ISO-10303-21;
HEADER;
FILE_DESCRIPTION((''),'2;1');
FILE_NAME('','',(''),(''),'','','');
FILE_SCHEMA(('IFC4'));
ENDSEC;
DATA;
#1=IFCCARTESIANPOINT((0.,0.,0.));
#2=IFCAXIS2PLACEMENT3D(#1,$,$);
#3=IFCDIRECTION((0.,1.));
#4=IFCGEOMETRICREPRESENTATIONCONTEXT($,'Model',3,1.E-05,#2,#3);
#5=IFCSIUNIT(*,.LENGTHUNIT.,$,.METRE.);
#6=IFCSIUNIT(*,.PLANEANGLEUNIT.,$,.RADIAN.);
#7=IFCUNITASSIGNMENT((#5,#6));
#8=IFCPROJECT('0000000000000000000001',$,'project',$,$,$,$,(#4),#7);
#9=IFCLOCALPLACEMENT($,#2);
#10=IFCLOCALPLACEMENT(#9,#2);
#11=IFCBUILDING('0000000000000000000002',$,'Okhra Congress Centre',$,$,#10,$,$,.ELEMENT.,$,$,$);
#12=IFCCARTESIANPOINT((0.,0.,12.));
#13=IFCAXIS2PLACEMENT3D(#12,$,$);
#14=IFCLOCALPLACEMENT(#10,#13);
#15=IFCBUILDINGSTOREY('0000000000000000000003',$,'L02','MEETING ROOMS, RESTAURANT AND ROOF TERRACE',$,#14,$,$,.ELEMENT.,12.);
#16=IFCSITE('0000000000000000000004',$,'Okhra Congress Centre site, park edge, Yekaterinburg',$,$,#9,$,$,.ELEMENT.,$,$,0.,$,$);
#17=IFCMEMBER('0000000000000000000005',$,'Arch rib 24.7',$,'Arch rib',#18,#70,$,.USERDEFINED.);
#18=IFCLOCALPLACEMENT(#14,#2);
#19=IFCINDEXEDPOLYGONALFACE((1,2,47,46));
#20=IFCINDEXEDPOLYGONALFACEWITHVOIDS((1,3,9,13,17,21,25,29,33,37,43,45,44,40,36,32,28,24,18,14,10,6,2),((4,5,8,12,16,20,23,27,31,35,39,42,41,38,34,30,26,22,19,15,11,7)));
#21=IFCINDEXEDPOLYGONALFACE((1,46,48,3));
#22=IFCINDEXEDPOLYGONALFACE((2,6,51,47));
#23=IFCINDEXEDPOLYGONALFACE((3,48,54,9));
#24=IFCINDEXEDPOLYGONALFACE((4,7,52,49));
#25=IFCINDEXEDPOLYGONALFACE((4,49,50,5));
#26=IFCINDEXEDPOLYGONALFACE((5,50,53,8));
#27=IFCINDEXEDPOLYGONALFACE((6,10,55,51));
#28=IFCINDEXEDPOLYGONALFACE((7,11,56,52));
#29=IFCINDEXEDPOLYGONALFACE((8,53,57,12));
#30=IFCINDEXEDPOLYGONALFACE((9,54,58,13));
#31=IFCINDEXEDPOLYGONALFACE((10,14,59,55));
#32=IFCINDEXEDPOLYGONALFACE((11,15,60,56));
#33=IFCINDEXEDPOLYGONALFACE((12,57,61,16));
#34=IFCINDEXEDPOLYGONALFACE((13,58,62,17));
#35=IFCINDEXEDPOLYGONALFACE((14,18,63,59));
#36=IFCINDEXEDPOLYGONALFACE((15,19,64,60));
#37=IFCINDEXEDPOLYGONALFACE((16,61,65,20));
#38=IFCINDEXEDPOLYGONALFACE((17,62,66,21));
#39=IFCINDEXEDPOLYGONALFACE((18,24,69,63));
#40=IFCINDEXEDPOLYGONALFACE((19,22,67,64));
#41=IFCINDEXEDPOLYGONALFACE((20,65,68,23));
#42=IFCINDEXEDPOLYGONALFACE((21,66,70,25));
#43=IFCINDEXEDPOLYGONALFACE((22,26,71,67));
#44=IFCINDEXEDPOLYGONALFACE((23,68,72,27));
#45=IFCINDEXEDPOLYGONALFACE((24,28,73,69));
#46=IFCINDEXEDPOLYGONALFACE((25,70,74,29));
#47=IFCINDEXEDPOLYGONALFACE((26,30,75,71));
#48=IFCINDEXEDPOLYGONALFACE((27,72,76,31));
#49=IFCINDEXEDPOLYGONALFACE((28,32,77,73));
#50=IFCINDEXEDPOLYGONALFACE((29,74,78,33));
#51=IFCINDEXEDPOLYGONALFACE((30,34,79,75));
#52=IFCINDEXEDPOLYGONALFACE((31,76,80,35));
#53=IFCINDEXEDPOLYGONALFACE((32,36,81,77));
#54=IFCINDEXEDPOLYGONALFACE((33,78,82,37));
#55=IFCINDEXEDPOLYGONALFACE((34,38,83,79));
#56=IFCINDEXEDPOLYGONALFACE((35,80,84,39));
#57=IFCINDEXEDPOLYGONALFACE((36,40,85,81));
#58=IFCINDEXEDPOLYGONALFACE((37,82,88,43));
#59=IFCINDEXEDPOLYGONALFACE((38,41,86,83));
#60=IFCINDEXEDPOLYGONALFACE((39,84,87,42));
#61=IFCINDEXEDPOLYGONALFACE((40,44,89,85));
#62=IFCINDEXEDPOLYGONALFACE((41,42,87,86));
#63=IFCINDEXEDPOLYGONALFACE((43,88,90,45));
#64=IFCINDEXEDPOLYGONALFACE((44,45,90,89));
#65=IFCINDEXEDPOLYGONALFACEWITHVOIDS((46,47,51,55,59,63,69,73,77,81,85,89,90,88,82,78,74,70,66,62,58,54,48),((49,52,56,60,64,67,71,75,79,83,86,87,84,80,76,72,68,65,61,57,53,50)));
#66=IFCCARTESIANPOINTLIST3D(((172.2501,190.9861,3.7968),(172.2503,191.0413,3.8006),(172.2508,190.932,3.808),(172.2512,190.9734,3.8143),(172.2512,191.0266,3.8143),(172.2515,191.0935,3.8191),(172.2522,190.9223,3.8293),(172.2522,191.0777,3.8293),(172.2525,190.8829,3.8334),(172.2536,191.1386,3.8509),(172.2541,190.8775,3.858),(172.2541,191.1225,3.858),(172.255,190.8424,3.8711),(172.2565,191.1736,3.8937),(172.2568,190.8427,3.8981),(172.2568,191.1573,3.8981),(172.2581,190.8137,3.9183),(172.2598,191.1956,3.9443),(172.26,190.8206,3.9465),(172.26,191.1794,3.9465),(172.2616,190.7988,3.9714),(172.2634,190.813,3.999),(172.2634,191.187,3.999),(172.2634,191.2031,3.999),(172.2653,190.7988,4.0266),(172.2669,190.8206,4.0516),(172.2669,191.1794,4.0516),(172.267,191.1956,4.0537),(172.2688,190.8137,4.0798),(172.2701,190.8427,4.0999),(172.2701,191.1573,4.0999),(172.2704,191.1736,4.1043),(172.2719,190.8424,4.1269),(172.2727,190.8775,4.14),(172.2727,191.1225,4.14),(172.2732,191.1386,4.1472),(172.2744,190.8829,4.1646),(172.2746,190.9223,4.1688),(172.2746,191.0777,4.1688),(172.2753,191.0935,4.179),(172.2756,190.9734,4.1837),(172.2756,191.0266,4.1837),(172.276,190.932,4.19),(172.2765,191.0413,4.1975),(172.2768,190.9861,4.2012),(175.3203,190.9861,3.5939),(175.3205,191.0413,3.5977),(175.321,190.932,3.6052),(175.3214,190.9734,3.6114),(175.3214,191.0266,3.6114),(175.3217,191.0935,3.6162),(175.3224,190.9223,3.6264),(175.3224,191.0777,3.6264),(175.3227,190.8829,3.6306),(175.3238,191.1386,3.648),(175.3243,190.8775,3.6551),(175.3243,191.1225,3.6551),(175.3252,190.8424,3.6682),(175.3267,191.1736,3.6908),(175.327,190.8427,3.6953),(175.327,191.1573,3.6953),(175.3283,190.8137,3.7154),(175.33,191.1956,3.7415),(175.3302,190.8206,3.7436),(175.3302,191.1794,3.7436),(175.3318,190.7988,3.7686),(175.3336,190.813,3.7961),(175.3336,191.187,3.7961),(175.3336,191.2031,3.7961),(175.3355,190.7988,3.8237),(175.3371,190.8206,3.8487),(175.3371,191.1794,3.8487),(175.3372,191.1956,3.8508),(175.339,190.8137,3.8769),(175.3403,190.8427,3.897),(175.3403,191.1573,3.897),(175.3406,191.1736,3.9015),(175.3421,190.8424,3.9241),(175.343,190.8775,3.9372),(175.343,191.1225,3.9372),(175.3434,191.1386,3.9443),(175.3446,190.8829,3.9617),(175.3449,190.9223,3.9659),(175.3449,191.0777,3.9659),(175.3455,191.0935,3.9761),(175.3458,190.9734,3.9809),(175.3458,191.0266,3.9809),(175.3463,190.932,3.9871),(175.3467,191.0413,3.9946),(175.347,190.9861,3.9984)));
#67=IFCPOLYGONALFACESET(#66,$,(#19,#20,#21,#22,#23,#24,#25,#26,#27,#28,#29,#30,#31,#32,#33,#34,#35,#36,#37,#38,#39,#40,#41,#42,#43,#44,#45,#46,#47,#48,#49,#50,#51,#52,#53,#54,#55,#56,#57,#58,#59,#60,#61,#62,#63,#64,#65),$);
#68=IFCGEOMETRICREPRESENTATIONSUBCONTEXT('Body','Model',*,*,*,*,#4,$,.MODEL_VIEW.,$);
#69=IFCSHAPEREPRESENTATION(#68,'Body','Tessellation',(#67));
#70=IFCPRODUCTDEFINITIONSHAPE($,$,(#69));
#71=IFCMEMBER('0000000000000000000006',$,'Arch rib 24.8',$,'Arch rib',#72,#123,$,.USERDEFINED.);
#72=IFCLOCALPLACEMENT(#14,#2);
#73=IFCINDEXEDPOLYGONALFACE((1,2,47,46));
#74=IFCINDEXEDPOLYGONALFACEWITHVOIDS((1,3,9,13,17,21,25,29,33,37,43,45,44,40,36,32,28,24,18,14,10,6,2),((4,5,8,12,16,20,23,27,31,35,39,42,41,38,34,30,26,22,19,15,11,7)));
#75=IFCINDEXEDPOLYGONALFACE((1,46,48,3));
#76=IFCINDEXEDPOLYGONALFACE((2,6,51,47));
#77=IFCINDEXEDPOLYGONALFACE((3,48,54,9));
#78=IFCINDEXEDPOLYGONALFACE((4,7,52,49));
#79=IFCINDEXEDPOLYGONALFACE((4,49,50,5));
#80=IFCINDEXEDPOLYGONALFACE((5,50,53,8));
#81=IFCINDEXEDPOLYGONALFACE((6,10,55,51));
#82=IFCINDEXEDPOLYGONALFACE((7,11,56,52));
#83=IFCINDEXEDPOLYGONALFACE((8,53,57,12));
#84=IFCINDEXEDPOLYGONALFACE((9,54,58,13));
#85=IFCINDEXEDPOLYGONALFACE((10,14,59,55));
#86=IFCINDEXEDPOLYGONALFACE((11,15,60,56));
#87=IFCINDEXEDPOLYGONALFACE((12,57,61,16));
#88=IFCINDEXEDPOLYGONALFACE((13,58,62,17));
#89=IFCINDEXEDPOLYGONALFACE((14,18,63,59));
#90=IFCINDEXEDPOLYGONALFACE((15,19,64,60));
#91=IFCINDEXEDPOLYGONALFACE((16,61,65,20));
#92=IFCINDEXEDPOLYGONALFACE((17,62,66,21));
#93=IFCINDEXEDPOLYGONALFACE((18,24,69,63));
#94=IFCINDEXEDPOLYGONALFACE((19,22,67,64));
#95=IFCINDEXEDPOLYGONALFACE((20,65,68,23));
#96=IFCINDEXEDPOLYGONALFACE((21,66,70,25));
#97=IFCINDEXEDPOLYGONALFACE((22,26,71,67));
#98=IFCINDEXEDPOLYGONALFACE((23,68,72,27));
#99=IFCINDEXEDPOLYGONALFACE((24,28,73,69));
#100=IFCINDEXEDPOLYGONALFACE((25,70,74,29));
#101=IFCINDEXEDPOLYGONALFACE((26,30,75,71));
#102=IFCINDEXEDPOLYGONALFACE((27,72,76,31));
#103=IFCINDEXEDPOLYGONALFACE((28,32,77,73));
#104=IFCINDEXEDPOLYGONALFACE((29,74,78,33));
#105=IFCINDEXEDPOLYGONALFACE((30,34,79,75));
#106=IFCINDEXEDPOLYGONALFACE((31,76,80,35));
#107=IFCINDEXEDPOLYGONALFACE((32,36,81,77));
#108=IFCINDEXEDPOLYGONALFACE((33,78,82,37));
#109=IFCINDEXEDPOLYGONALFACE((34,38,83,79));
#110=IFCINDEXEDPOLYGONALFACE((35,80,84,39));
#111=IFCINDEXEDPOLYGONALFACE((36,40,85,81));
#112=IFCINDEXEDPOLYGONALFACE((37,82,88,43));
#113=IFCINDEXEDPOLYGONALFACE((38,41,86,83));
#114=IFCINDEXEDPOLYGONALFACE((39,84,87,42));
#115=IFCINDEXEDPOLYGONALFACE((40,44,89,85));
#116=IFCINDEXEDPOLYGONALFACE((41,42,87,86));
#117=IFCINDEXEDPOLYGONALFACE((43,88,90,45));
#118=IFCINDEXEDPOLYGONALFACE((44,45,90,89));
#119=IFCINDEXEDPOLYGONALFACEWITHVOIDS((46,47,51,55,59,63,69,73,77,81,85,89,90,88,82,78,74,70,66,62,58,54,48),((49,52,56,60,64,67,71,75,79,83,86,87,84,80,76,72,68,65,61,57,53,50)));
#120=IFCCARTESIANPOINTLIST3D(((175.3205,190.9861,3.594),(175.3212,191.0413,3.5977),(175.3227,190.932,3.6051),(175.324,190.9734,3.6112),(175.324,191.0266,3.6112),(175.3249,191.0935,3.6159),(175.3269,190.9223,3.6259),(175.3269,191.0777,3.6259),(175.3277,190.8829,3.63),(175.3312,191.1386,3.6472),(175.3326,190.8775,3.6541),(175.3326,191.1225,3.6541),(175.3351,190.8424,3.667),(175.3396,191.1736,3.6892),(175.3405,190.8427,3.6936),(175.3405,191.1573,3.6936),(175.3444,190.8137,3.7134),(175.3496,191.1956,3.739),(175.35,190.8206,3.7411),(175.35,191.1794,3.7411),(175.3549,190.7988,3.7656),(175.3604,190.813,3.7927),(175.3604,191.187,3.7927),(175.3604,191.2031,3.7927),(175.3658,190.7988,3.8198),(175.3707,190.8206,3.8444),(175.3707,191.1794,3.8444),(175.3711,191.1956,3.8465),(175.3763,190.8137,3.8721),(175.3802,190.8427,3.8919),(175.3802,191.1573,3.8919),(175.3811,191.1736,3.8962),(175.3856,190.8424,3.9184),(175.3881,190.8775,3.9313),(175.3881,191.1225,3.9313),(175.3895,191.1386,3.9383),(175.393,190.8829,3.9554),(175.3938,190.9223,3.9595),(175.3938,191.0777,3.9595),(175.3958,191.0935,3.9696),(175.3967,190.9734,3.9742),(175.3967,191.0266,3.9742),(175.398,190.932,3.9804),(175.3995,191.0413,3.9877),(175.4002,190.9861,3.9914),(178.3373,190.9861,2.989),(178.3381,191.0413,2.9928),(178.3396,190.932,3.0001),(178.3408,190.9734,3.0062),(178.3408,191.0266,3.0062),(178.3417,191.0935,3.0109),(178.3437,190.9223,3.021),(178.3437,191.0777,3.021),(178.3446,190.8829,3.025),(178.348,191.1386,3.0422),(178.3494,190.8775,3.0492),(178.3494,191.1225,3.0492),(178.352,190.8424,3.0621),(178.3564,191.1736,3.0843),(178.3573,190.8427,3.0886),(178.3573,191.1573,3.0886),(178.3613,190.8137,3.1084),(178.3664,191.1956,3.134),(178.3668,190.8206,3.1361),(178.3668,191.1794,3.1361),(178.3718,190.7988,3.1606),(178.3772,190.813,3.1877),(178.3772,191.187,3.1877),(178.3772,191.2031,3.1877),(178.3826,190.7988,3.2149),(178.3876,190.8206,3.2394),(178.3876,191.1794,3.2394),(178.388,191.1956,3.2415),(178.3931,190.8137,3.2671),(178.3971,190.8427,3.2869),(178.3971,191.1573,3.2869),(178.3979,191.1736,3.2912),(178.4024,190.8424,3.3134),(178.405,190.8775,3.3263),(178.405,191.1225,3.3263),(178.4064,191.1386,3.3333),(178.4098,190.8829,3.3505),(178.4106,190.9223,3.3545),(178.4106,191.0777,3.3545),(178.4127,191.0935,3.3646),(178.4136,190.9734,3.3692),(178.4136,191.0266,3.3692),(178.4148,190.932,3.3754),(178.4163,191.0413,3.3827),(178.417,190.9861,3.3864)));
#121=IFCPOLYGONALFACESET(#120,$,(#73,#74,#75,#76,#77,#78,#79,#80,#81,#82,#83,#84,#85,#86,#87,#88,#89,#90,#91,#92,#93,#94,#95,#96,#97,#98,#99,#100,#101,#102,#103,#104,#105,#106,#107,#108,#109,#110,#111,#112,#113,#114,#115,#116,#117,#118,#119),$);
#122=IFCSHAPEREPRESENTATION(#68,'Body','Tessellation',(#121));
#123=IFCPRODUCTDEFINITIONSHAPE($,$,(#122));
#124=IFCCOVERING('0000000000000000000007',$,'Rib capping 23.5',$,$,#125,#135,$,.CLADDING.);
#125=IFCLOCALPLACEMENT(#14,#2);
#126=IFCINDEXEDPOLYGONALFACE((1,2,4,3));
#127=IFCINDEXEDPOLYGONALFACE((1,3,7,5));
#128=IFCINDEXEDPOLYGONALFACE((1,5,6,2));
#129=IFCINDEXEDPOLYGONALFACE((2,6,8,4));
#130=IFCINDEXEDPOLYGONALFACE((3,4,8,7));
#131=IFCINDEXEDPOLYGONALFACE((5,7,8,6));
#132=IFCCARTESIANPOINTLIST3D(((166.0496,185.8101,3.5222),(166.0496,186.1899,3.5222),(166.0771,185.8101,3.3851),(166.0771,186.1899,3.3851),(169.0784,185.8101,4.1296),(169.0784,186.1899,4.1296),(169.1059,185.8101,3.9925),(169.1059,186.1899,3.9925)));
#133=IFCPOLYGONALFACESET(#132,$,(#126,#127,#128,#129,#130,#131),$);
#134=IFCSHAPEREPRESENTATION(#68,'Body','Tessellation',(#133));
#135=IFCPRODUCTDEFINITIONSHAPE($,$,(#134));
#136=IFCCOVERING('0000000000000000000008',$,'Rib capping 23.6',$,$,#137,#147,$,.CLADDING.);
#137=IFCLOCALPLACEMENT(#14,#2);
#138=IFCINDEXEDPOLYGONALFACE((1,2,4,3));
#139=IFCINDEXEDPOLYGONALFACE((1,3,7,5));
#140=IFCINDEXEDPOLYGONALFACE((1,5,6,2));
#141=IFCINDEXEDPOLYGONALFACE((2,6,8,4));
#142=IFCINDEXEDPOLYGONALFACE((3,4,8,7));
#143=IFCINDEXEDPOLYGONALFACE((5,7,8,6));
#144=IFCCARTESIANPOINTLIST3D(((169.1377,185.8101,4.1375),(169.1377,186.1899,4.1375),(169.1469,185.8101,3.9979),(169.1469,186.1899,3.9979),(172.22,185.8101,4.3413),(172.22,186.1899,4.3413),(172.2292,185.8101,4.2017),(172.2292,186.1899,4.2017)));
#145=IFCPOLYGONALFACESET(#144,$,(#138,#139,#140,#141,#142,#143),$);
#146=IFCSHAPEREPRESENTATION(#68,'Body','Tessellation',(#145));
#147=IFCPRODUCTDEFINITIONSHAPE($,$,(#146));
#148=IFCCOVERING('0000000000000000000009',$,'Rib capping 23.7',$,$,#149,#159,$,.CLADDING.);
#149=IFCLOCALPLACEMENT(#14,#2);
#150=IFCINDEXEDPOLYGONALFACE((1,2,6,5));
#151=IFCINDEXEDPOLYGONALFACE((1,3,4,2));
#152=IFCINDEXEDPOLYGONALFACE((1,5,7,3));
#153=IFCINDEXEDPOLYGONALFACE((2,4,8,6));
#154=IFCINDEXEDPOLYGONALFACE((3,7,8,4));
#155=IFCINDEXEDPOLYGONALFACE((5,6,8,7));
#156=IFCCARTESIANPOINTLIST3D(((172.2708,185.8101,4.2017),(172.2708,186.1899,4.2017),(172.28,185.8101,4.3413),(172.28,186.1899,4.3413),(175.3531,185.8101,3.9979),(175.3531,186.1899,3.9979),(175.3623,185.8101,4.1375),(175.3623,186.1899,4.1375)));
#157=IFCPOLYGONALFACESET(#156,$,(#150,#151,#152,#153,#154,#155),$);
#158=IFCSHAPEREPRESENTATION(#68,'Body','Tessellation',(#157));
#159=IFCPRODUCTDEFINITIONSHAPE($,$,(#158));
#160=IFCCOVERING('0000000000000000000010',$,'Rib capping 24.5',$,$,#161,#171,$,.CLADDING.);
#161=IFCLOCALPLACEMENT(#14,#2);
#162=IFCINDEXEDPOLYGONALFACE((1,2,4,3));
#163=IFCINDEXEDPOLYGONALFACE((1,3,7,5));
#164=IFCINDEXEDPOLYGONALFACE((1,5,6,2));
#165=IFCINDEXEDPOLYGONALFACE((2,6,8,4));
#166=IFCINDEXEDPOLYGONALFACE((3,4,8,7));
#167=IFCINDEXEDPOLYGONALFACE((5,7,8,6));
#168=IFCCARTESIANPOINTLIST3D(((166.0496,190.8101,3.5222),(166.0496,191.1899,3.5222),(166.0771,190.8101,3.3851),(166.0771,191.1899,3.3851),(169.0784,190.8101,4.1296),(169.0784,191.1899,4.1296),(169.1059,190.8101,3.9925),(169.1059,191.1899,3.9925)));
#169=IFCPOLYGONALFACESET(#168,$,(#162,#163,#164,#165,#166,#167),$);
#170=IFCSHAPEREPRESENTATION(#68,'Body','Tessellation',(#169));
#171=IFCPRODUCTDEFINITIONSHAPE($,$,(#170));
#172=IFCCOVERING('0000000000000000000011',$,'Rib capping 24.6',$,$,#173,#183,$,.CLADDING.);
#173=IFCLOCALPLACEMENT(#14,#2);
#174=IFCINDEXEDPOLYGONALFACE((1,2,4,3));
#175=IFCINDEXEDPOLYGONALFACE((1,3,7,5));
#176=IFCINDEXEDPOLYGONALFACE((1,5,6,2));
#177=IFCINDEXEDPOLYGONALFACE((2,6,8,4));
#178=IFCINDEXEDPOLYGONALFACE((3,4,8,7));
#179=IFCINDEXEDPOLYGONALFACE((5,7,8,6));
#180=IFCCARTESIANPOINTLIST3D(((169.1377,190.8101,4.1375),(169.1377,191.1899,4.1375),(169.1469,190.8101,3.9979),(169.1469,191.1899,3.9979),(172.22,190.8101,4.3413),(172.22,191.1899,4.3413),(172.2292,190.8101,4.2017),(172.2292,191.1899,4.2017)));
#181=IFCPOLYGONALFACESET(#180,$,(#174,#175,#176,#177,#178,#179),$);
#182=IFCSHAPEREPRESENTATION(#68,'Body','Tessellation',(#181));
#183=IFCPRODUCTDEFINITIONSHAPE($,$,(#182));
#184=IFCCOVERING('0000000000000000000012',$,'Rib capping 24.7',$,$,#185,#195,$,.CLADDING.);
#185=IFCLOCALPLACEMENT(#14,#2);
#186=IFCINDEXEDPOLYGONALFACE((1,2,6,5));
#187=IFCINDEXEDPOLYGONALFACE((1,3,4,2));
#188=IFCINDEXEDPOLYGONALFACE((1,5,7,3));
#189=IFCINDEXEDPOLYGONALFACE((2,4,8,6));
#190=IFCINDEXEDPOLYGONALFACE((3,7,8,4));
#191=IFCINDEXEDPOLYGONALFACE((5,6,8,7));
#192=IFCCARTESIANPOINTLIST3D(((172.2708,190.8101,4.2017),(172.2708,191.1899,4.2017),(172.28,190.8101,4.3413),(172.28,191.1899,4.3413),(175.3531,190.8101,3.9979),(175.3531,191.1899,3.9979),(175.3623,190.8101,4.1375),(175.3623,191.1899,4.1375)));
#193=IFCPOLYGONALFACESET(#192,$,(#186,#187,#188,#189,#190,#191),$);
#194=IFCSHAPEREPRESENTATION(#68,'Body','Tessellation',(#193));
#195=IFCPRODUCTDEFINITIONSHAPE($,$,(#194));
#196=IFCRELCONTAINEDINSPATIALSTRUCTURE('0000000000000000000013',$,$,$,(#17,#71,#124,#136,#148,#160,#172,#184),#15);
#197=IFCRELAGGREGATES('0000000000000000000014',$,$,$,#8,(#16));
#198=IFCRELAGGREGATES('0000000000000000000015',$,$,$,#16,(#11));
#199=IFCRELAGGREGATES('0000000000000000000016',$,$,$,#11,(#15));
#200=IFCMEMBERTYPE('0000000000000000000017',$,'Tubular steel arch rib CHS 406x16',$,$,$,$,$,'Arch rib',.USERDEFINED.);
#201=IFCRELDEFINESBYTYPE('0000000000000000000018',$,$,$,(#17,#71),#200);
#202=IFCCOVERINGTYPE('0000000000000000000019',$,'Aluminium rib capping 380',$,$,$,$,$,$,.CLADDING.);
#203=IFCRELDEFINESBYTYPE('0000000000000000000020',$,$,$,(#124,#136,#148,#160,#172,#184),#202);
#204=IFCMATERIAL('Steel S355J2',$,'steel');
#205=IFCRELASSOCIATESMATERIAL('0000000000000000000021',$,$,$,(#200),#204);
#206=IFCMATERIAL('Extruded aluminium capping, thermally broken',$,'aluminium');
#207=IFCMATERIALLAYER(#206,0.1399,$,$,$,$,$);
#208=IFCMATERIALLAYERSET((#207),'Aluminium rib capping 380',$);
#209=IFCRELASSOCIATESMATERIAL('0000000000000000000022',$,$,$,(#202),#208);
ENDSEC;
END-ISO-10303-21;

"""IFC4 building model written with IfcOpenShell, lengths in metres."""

from ifc_helpers import new_model, si_unit, direction, frame, origin, origin_2d, place, context, subcontext, project, spatial, polyline, hollow_circle, outline, extrude, material, layer, layer_set, material_profile, profile_set, type_object, element, save


model = new_model("IFC4")

# Units and contexts
model_context = context("Model", 3, precision=1e-05, world=origin(), true_north=direction((0.0, 1.0)))
body_context = subcontext(model_context, "Body", "Model", "MODEL_VIEW")
ifc_project = project(units=[si_unit("LENGTHUNIT", "METRE"), si_unit("PLANEANGLEUNIT", "RADIAN")], contexts=[model_context])

# Site, building, storey
site_placement = place(None, origin())
site = spatial("IfcSite", under=ifc_project, at=site_placement, Name="Okhra Congress Centre site, park edge, Yekaterinburg", CompositionType="ELEMENT", RefElevation=0.0)
building_placement = place(site_placement, origin())
building = spatial("IfcBuilding", under=site, at=building_placement, Name="Okhra Congress Centre", CompositionType="ELEMENT")
storey_placement = place(building_placement, frame((0.0, 0.0, 12.0)))
storey = spatial("IfcBuildingStorey", under=building, at=storey_placement, Name="L02", Description="MEETING ROOMS, RESTAURANT AND ROOF TERRACE", CompositionType="ELEMENT", Elevation=12.0)

# Members
ifc_material_1 = material(Name="Steel S355J2", Category="steel")
ifc_material_profile_1 = material_profile(ifc_material_1, hollow_circle(Radius=0.2031, WallThickness=0.0161, at=origin_2d()), Name="CHS 406.4x16")
ifc_profile_set_1 = profile_set([ifc_material_profile_1], Name="Steel S355J2")
member_type_1 = type_object("IfcMemberType", Name="Tubular steel arch rib CHS 406x16", ElementType="Arch rib", PredefinedType="USERDEFINED", material=ifc_profile_set_1)
for number, where, z_axis, x_axis, name in (
    (1, (172.2634, 191.0, 3.999), (0.997824, 0.0, -0.065934), (0.0, 1.0, 0.0), "Arch rib 24.7"),
    (2, (175.3604, 191.0, 3.7927), (0.98048, 0.0, -0.19662), (0.0, 1.0, 0.0), "Arch rib 24.8"),
):
    element("IfcMember", number, at=place(storey_placement, frame(where, z_axis=z_axis, x_axis=x_axis)), inside=storey, type_object=member_type_1, Name=name, ObjectType="Arch rib", PredefinedType="USERDEFINED", context=body_context, shape_type="SweptSolid", body=[
        extrude(hollow_circle(Radius=0.2031, WallThickness=0.0161, at=origin_2d()), origin(), (0.0, 0.0, 1.0), 3.0769),
    ])

# Coverings
ifc_material_2 = material(Name="Extruded aluminium capping, thermally broken", Category="aluminium")
ifc_layer = layer(ifc_material_2, 0.1399)
ifc_layer_set = layer_set([ifc_layer], Name="Aluminium rib capping 380")
covering_type = type_object("IfcCoveringType", Name="Aluminium rib capping 380", PredefinedType="CLADDING", material=ifc_layer_set)
covering_1_placement = place(storey_placement, frame((166.0496, 185.8101, 3.5222), z_axis=(-0.196633, 0.0, 0.980477), x_axis=(0.980477, 0.0, 0.196633)))
element("IfcCovering", 3, at=covering_1_placement, inside=storey, type_object=covering_type, Name="Rib capping 23.5", PredefinedType="CLADDING", context=body_context, shape_type="SweptSolid", body=[
    extrude(outline(polyline([(0.0, 0.0), (3.0891, 0.0), (3.0891, 0.3799), (0.0, 0.3799), (0.0, 0.0)])), origin(), (0.0, 0.0, -1.0), 0.1399),
])
for number, where, z_axis, x_axis, name in (
    (4, (169.1377, 185.8101, 4.1375), (-0.065994, 0.0, 0.99782), (0.99782, 0.0, 0.065994), "Rib capping 23.6"),
    (5, (172.28, 185.8101, 4.3413), (0.065994, 0.0, 0.99782), (0.99782, 0.0, -0.065994), "Rib capping 23.7"),
):
    element("IfcCovering", number, at=place(storey_placement, frame(where, z_axis=z_axis, x_axis=x_axis)), inside=storey, type_object=covering_type, Name=name, PredefinedType="CLADDING", context=body_context, shape_type="SweptSolid", body=[
        extrude(outline(polyline([(0.0, 0.0), (3.089, 0.0), (3.089, 0.3799), (0.0, 0.3799), (0.0, 0.0)])), origin(), (0.0, 0.0, -1.0), 0.1399),
    ])
covering_2_placement = place(storey_placement, frame((166.0496, 190.8101, 3.5222), z_axis=(-0.196633, 0.0, 0.980477), x_axis=(0.980477, 0.0, 0.196633)))
element("IfcCovering", 6, at=covering_2_placement, inside=storey, type_object=covering_type, Name="Rib capping 24.5", PredefinedType="CLADDING", context=body_context, shape_type="SweptSolid", body=[
    extrude(outline(polyline([(0.0, 0.0), (3.0891, 0.0), (3.0891, 0.3799), (0.0, 0.3799), (0.0, 0.0)])), origin(), (0.0, 0.0, -1.0), 0.1399),
])
for number, where, z_axis, x_axis, name in (
    (7, (169.1377, 190.8101, 4.1375), (-0.065994, 0.0, 0.99782), (0.99782, 0.0, 0.065994), "Rib capping 24.6"),
    (8, (172.28, 190.8101, 4.3413), (0.065994, 0.0, 0.99782), (0.99782, 0.0, -0.065994), "Rib capping 24.7"),
):
    element("IfcCovering", number, at=place(storey_placement, frame(where, z_axis=z_axis, x_axis=x_axis)), inside=storey, type_object=covering_type, Name=name, PredefinedType="CLADDING", context=body_context, shape_type="SweptSolid", body=[
        extrude(outline(polyline([(0.0, 0.0), (3.089, 0.0), (3.089, 0.3799), (0.0, 0.3799), (0.0, 0.0)])), origin(), (0.0, 0.0, -1.0), 0.1399),
    ])

save(model, "model.ifc")
